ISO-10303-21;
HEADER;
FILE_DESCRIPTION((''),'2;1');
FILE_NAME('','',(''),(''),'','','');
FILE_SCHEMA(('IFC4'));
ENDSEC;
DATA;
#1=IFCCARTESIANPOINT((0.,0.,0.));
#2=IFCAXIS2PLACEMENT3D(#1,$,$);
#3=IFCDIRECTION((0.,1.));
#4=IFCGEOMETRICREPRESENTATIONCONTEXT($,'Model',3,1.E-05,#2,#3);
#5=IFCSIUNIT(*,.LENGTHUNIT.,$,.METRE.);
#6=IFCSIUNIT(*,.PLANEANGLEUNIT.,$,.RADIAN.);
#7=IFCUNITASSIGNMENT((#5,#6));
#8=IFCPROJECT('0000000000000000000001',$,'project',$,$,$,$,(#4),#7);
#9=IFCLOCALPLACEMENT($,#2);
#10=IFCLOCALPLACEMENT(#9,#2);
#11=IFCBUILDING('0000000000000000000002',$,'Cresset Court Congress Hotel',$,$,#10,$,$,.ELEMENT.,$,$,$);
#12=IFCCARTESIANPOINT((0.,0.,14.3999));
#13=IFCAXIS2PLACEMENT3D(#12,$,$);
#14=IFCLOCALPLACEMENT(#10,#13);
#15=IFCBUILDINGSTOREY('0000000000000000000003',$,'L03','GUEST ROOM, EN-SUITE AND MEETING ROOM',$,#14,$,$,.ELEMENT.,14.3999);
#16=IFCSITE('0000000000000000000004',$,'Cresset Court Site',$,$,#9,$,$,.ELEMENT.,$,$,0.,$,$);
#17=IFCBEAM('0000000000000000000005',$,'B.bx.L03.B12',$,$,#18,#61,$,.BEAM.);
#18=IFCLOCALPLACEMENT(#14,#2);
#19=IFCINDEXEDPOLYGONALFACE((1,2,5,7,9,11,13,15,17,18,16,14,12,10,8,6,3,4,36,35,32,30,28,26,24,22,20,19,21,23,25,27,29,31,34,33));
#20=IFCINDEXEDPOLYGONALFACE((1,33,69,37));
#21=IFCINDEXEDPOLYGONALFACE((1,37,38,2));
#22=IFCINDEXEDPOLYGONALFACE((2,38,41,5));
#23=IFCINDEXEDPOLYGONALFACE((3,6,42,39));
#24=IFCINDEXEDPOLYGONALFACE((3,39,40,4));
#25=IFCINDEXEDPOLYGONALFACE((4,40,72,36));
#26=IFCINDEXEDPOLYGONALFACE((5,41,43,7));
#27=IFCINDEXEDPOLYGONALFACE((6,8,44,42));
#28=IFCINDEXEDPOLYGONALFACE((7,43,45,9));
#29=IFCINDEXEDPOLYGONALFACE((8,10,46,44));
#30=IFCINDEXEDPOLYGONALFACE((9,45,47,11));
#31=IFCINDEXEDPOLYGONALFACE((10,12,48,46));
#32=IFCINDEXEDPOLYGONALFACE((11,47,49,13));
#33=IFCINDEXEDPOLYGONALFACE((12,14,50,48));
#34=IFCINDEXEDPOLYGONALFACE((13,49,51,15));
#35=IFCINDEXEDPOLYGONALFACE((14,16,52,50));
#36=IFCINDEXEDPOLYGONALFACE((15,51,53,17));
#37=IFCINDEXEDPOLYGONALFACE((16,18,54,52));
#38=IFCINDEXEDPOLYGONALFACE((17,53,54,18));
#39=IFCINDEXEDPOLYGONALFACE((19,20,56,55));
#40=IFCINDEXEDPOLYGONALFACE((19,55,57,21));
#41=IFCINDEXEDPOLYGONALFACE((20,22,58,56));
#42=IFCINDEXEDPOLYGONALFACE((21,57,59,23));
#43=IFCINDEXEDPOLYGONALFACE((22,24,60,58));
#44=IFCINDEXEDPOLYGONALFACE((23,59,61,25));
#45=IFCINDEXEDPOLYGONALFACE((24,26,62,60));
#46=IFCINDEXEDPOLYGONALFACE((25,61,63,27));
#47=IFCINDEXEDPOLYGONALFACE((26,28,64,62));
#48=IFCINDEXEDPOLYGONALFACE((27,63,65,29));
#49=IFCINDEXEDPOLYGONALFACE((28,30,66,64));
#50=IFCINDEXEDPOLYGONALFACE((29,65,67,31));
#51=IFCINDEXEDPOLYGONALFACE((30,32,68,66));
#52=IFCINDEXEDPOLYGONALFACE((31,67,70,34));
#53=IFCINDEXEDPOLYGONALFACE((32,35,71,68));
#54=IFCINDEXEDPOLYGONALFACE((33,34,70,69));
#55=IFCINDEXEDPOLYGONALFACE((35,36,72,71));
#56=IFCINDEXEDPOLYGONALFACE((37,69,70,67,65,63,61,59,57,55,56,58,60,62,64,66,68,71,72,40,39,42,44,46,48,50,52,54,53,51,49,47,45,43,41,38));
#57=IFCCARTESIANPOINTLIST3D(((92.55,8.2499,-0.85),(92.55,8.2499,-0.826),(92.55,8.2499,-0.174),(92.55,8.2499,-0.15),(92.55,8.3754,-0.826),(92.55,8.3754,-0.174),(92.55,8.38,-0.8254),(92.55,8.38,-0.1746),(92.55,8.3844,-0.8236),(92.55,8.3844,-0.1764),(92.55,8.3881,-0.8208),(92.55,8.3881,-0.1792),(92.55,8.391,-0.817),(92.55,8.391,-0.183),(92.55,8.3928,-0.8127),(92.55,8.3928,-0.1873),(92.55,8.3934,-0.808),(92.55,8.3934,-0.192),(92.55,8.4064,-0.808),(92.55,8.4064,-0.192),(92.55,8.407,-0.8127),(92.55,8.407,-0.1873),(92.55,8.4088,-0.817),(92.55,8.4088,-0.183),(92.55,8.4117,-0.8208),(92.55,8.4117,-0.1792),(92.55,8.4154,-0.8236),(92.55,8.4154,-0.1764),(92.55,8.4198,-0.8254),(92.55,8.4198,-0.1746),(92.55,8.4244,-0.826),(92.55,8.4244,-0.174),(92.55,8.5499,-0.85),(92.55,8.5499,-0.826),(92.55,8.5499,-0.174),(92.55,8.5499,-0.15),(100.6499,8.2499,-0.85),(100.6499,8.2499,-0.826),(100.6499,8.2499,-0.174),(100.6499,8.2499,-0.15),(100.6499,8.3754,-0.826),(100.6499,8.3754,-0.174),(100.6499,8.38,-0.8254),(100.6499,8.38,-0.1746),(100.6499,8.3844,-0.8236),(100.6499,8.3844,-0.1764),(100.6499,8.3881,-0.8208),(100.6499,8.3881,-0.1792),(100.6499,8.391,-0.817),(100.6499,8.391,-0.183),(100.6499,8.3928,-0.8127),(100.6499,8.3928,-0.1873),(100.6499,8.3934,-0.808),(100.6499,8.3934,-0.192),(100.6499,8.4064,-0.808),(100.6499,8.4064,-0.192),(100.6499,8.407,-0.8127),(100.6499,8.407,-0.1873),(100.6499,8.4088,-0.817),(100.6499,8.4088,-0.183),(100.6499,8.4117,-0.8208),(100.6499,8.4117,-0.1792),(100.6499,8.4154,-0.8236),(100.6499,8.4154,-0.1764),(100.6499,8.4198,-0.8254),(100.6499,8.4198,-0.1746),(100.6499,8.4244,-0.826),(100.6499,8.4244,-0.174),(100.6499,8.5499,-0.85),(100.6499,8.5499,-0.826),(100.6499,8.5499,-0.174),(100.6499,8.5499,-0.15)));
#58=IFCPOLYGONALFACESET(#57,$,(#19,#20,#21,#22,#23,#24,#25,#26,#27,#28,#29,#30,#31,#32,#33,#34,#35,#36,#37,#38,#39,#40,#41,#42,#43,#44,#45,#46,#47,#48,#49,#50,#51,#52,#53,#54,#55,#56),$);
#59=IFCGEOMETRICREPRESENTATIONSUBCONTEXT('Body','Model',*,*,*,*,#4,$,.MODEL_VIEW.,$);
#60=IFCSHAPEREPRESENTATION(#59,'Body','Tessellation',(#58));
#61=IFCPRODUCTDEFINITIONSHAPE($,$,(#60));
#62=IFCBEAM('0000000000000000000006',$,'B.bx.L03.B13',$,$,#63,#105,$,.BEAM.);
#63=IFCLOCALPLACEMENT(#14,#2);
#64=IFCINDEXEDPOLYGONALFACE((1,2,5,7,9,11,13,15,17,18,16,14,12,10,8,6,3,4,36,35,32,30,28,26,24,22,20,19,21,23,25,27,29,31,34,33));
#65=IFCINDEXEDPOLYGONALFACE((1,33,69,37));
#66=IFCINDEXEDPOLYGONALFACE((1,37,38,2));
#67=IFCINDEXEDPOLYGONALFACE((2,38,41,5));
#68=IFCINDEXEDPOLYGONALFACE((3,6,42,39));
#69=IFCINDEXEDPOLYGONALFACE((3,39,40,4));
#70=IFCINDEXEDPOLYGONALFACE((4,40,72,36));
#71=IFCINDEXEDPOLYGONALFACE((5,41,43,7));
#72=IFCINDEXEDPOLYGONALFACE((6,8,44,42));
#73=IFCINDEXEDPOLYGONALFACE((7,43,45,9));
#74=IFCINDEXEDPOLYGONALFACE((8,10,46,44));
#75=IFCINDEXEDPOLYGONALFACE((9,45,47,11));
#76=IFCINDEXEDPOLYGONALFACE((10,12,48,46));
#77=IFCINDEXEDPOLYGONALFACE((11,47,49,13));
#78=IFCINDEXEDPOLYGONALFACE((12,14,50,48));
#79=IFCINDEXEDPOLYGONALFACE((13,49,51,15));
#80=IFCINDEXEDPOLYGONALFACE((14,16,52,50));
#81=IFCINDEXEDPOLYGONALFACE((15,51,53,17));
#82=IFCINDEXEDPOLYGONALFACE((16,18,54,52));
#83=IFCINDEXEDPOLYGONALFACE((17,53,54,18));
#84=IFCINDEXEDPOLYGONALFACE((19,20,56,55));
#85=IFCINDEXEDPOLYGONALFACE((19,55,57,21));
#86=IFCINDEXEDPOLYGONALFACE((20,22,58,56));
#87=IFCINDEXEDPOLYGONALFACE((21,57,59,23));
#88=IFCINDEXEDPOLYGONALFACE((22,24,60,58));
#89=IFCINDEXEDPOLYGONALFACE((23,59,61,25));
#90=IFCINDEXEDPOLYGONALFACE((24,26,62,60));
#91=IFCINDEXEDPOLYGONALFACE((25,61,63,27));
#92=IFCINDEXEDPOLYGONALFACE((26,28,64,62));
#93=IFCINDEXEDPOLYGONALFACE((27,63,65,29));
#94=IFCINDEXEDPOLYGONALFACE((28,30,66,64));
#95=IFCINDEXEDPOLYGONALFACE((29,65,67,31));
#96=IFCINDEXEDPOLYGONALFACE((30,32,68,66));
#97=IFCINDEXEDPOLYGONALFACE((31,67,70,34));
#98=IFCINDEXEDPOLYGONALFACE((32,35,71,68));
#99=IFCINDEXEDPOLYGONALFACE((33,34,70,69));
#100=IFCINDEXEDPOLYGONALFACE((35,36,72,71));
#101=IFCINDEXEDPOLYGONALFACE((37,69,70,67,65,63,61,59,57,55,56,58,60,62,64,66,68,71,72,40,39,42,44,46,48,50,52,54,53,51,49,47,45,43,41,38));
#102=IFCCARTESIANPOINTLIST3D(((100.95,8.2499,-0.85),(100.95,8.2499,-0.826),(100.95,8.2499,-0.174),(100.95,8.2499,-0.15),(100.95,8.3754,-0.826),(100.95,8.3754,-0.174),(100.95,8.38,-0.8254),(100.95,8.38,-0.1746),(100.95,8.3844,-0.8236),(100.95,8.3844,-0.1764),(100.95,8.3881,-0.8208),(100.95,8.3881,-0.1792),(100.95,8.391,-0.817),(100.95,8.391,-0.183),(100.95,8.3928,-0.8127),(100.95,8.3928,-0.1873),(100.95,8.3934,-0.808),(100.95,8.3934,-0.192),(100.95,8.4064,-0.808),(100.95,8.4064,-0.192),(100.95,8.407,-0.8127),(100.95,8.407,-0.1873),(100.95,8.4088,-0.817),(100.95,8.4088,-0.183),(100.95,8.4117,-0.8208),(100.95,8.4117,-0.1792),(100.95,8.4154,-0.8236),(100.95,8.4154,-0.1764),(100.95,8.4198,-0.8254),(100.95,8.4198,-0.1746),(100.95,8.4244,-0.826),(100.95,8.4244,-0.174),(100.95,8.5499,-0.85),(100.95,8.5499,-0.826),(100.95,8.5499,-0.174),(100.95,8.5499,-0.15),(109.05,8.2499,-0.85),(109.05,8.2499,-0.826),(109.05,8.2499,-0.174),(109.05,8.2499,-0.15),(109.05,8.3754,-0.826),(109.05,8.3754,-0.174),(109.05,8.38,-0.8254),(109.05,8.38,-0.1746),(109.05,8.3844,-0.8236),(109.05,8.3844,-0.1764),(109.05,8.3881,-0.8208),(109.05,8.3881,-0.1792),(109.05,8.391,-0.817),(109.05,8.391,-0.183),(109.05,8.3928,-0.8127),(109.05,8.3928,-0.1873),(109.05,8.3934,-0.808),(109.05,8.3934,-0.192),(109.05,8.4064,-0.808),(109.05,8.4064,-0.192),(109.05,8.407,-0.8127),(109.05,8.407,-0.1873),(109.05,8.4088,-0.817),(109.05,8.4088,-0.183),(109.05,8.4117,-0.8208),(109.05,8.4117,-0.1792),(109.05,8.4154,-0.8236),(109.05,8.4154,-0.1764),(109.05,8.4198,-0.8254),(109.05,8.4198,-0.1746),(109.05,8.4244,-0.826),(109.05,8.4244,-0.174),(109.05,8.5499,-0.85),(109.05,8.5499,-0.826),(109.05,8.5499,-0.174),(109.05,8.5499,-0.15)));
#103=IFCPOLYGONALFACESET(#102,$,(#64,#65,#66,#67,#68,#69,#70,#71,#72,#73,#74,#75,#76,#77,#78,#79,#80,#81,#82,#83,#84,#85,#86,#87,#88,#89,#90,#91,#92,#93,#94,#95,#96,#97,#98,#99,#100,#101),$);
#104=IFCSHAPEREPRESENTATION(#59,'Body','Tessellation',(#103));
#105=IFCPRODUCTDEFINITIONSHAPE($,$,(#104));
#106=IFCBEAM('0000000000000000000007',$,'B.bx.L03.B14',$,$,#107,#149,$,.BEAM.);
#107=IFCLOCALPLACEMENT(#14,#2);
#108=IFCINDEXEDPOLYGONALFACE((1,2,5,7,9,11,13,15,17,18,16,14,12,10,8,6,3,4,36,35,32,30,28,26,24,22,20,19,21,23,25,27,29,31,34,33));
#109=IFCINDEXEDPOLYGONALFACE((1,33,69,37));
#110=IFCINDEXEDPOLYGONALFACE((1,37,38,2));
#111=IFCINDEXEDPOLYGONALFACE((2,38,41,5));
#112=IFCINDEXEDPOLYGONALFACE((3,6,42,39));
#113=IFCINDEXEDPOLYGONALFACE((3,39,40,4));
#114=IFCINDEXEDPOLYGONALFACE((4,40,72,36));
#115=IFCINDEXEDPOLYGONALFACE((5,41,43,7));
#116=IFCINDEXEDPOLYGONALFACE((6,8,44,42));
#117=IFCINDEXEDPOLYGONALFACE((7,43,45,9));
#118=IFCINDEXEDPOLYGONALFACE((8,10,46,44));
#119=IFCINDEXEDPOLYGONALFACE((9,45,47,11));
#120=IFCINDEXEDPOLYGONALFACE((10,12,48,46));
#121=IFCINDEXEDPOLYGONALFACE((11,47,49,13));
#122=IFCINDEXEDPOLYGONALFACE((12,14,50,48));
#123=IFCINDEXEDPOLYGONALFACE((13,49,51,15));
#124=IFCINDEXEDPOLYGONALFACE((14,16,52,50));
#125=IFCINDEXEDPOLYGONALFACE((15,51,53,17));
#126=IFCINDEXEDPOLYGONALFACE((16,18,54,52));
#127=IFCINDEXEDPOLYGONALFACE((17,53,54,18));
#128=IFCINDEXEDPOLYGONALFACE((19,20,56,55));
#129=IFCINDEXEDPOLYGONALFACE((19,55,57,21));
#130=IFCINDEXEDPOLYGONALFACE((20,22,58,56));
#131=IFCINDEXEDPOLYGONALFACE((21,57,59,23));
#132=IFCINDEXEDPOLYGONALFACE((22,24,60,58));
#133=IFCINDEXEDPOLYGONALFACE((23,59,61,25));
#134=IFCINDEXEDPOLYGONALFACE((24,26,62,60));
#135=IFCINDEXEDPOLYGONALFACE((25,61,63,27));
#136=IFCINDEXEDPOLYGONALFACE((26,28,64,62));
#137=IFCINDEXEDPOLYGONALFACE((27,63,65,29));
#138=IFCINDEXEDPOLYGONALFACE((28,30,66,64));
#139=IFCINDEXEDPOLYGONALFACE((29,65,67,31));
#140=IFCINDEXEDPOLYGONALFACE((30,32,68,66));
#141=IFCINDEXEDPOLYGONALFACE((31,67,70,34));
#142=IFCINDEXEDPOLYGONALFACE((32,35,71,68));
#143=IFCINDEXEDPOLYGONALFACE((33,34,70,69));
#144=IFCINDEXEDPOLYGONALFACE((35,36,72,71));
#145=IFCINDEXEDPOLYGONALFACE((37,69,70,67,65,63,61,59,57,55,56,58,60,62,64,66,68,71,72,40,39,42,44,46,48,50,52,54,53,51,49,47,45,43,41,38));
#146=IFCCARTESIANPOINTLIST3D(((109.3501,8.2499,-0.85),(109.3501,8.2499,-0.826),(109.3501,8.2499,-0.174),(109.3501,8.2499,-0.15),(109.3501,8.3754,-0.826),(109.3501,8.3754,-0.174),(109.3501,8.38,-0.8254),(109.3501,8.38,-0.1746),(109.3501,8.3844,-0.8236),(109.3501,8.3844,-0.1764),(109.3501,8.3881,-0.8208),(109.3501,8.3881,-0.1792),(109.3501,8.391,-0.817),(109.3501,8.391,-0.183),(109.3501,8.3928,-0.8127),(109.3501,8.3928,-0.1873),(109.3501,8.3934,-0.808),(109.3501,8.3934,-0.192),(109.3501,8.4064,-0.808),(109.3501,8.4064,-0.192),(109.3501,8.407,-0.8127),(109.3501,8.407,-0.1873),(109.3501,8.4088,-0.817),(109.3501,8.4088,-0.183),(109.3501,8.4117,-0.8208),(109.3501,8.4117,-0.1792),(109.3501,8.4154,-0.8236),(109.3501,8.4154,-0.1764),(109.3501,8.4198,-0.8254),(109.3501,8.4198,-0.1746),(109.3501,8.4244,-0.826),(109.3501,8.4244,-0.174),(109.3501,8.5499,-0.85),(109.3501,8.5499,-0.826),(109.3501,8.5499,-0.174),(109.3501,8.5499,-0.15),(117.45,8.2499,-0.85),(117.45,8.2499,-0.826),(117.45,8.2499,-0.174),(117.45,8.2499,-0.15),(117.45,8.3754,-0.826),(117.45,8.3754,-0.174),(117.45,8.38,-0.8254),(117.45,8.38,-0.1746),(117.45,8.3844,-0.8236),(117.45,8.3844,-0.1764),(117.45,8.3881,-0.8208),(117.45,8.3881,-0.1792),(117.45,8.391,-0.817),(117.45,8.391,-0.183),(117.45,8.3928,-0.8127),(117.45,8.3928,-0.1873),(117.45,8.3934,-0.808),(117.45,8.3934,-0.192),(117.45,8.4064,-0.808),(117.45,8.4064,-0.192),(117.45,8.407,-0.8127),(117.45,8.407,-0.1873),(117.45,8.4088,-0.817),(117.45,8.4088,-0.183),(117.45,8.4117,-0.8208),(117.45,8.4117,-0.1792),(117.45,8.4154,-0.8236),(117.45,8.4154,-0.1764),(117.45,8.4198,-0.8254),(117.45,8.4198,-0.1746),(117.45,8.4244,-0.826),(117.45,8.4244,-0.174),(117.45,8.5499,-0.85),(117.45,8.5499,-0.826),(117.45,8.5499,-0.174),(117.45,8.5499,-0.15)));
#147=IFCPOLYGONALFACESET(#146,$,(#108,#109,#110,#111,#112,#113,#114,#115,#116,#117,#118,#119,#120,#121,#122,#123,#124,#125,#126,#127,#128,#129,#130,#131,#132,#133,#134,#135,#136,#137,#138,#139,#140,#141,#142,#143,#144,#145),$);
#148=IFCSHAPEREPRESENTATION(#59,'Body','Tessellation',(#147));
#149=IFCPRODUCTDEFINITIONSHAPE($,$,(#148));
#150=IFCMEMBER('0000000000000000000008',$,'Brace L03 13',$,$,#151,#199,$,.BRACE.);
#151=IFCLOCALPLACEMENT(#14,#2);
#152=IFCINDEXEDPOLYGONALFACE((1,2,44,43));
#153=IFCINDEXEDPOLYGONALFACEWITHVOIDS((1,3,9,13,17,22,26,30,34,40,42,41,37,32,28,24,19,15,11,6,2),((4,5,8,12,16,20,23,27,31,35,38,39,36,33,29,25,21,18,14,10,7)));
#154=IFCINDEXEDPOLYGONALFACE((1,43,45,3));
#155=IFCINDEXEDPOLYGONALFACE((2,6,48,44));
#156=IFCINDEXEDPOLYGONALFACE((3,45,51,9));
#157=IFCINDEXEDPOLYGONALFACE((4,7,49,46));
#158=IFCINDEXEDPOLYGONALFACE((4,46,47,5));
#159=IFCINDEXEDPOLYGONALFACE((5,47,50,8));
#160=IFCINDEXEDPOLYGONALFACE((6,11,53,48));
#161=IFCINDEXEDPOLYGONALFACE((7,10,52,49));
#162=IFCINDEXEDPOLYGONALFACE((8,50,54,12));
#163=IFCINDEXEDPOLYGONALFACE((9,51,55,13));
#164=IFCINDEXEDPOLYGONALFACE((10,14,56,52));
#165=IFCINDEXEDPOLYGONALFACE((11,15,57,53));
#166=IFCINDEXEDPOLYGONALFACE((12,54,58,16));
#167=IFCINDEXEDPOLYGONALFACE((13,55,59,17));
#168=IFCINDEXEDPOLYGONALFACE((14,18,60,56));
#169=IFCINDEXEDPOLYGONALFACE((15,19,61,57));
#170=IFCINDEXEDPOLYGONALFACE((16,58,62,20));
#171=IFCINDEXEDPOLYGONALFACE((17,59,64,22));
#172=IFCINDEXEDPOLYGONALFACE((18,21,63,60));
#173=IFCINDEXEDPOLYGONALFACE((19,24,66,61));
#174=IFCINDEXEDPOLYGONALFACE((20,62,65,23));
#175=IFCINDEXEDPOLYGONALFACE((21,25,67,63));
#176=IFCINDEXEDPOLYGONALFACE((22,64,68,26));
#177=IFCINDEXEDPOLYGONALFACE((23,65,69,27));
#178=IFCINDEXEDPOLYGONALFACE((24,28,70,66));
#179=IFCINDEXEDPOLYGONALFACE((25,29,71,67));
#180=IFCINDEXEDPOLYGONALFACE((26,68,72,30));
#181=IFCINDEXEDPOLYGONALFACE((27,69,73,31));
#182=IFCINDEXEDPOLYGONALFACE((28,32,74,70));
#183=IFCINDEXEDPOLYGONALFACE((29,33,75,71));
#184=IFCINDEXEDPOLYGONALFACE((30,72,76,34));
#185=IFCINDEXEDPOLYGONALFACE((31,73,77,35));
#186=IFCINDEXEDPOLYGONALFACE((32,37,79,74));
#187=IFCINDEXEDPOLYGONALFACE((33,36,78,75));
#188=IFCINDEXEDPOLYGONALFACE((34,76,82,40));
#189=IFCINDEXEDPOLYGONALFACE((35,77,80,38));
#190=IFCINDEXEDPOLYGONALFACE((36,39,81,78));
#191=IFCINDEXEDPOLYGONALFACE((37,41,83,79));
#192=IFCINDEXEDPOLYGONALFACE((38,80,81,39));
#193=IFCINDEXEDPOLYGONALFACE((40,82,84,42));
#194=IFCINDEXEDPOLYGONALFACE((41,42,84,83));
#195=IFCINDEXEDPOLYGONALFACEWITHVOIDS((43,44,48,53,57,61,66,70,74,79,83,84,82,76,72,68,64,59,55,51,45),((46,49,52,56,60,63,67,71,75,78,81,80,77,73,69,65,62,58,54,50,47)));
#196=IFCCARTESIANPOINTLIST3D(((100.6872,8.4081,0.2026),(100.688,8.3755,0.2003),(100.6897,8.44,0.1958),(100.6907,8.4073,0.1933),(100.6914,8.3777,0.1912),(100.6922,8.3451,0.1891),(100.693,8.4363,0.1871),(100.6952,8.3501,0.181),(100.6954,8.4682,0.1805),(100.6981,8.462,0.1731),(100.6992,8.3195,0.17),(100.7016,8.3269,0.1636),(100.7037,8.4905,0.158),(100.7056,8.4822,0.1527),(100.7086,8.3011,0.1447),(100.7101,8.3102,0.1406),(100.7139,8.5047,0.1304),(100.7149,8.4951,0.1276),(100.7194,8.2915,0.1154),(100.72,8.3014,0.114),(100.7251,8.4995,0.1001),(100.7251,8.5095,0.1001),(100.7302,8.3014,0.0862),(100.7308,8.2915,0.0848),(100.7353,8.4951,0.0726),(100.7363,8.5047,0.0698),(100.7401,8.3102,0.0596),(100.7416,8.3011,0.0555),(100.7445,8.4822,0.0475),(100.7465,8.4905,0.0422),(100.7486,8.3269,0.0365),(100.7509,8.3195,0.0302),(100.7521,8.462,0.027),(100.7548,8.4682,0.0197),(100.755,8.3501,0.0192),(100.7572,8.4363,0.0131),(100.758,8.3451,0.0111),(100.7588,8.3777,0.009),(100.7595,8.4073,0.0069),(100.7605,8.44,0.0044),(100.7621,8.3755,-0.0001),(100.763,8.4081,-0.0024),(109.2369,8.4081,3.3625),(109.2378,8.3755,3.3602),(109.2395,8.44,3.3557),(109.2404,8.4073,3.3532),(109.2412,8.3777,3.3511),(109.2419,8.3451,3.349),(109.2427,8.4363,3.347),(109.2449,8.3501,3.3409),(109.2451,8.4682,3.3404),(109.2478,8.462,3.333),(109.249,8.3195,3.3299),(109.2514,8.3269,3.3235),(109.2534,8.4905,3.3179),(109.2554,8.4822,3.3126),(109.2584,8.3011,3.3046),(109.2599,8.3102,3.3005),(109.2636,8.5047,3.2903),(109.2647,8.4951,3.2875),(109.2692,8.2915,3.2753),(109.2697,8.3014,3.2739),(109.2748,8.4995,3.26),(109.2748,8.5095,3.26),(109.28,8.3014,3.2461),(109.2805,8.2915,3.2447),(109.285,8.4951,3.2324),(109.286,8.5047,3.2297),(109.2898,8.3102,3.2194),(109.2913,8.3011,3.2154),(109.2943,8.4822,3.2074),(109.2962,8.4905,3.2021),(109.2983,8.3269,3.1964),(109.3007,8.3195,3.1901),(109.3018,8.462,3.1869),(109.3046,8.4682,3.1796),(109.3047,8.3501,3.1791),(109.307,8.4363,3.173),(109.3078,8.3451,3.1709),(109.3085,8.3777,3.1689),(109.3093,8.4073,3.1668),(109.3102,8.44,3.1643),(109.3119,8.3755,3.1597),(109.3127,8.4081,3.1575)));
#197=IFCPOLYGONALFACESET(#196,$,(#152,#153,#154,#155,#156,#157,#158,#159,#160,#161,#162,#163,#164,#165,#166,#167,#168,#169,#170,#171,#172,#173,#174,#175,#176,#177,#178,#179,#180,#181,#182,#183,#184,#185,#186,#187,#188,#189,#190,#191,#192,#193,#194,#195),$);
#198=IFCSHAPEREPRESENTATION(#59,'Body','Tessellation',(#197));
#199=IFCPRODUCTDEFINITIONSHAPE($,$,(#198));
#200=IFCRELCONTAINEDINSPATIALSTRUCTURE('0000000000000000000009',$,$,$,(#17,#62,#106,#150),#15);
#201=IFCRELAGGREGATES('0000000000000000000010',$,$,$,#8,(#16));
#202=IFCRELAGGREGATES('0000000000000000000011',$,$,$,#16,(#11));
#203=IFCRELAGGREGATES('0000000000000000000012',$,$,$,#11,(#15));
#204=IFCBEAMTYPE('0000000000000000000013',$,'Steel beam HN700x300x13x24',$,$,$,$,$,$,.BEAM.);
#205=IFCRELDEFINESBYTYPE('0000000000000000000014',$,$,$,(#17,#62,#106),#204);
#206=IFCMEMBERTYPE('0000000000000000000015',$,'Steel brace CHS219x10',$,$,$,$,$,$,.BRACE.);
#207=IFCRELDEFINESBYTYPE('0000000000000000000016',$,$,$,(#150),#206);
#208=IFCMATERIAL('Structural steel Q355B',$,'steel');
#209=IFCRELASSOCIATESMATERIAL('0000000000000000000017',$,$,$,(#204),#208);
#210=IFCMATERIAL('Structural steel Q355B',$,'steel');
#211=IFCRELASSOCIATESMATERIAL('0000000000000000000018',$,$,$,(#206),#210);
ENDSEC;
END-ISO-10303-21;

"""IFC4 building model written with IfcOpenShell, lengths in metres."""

from ifc_helpers import new_model, si_unit, direction, frame, origin, origin_2d, place, context, subcontext, project, spatial, hollow_circle, i_section, extrude, material, material_profile, profile_set, type_object, element, save


model = new_model("IFC4")

# Units and contexts
model_context = context("Model", 3, precision=1e-05, world=origin(), true_north=direction((0.0, 1.0)))
body_context = subcontext(model_context, "Body", "Model", "MODEL_VIEW")
ifc_project = project(units=[si_unit("LENGTHUNIT", "METRE"), si_unit("PLANEANGLEUNIT", "RADIAN")], contexts=[model_context])

# Site, building, storey
site_placement = place(None, origin())
site = spatial("IfcSite", under=ifc_project, at=site_placement, Name="Cresset Court Site", CompositionType="ELEMENT", RefElevation=0.0)
building_placement = place(site_placement, origin())
building = spatial("IfcBuilding", under=site, at=building_placement, Name="Cresset Court Congress Hotel", CompositionType="ELEMENT")
storey_placement = place(building_placement, frame((0.0, 0.0, 14.3999)))
storey = spatial("IfcBuildingStorey", under=building, at=storey_placement, Name="L03", Description="GUEST ROOM, EN-SUITE AND MEETING ROOM", CompositionType="ELEMENT", Elevation=14.3999)

# Beams
ifc_material_1 = material(Name="Structural steel Q355B", Category="steel")
ifc_material_profile_1 = material_profile(ifc_material_1, i_section(OverallWidth=0.3, OverallDepth=0.7, WebThickness=0.0129, FlangeThickness=0.0239, FilletRadius=0.0181, at=origin_2d()), Name="HN700x300x13x24")
ifc_profile_set_1 = profile_set([ifc_material_profile_1], Name="Structural steel Q355B")
beam_type_1 = type_object("IfcBeamType", Name="Steel beam HN700x300x13x24", PredefinedType="BEAM", material=ifc_profile_set_1)
beam_1_placement = place(storey_placement, frame((92.55, 8.3999, -0.5), z_axis=(1.0, 0.0, 0.0), x_axis=(0.0, 1.0, 0.0)))
element("IfcBeam", 1, at=beam_1_placement, inside=storey, type_object=beam_type_1, Name="B.bx.L03.B12", PredefinedType="BEAM", context=body_context, shape_type="SweptSolid", body=[
    extrude(i_section(OverallWidth=0.3, OverallDepth=0.7, WebThickness=0.0129, FlangeThickness=0.0239, FilletRadius=0.0181, at=origin_2d()), origin(), (0.0, 0.0, 1.0), 8.0999),
])
beam_2_placement = place(storey_placement, frame((100.95, 8.3999, -0.5), z_axis=(1.0, 0.0, 0.0), x_axis=(0.0, 1.0, 0.0)))
element("IfcBeam", 2, at=beam_2_placement, inside=storey, type_object=beam_type_1, Name="B.bx.L03.B13", PredefinedType="BEAM", context=body_context, shape_type="SweptSolid", body=[
    extrude(i_section(OverallWidth=0.3, OverallDepth=0.7, WebThickness=0.0129, FlangeThickness=0.0239, FilletRadius=0.0181, at=origin_2d()), origin(), (0.0, 0.0, 1.0), 8.1001),
])
beam_3_placement = place(storey_placement, frame((109.3501, 8.3999, -0.5), z_axis=(1.0, 0.0, 0.0), x_axis=(0.0, 1.0, 0.0)))
element("IfcBeam", 3, at=beam_3_placement, inside=storey, type_object=beam_type_1, Name="B.bx.L03.B14", PredefinedType="BEAM", context=body_context, shape_type="SweptSolid", body=[
    extrude(i_section(OverallWidth=0.3, OverallDepth=0.7, WebThickness=0.0129, FlangeThickness=0.0239, FilletRadius=0.0181, at=origin_2d()), origin(), (0.0, 0.0, 1.0), 8.0999),
])

# Member
ifc_material_2 = material(Name="Structural steel Q355B", Category="steel")
ifc_material_profile_2 = material_profile(ifc_material_2, hollow_circle(Radius=0.1096, WallThickness=0.01, at=origin_2d()), Name="CHS219x10")
ifc_profile_set_2 = profile_set([ifc_material_profile_2], Name="Structural steel Q355B")
member_type = type_object("IfcMemberType", Name="Steel brace CHS219x10", PredefinedType="BRACE", material=ifc_profile_set_2)
member_placement = place(storey_placement, frame((100.7251, 8.3999, 0.1001), z_axis=(0.937987, 0.0, 0.34667), x_axis=(0.0, 1.0, 0.0)))
element("IfcMember", 4, at=member_placement, inside=storey, type_object=member_type, Name="Brace L03 13", PredefinedType="BRACE", context=body_context, shape_type="SweptSolid", body=[
    extrude(hollow_circle(Radius=0.1096, WallThickness=0.01, at=origin_2d()), origin(), (0.0, 0.0, 1.0), 9.115),
])

save(model, "model.ifc")
